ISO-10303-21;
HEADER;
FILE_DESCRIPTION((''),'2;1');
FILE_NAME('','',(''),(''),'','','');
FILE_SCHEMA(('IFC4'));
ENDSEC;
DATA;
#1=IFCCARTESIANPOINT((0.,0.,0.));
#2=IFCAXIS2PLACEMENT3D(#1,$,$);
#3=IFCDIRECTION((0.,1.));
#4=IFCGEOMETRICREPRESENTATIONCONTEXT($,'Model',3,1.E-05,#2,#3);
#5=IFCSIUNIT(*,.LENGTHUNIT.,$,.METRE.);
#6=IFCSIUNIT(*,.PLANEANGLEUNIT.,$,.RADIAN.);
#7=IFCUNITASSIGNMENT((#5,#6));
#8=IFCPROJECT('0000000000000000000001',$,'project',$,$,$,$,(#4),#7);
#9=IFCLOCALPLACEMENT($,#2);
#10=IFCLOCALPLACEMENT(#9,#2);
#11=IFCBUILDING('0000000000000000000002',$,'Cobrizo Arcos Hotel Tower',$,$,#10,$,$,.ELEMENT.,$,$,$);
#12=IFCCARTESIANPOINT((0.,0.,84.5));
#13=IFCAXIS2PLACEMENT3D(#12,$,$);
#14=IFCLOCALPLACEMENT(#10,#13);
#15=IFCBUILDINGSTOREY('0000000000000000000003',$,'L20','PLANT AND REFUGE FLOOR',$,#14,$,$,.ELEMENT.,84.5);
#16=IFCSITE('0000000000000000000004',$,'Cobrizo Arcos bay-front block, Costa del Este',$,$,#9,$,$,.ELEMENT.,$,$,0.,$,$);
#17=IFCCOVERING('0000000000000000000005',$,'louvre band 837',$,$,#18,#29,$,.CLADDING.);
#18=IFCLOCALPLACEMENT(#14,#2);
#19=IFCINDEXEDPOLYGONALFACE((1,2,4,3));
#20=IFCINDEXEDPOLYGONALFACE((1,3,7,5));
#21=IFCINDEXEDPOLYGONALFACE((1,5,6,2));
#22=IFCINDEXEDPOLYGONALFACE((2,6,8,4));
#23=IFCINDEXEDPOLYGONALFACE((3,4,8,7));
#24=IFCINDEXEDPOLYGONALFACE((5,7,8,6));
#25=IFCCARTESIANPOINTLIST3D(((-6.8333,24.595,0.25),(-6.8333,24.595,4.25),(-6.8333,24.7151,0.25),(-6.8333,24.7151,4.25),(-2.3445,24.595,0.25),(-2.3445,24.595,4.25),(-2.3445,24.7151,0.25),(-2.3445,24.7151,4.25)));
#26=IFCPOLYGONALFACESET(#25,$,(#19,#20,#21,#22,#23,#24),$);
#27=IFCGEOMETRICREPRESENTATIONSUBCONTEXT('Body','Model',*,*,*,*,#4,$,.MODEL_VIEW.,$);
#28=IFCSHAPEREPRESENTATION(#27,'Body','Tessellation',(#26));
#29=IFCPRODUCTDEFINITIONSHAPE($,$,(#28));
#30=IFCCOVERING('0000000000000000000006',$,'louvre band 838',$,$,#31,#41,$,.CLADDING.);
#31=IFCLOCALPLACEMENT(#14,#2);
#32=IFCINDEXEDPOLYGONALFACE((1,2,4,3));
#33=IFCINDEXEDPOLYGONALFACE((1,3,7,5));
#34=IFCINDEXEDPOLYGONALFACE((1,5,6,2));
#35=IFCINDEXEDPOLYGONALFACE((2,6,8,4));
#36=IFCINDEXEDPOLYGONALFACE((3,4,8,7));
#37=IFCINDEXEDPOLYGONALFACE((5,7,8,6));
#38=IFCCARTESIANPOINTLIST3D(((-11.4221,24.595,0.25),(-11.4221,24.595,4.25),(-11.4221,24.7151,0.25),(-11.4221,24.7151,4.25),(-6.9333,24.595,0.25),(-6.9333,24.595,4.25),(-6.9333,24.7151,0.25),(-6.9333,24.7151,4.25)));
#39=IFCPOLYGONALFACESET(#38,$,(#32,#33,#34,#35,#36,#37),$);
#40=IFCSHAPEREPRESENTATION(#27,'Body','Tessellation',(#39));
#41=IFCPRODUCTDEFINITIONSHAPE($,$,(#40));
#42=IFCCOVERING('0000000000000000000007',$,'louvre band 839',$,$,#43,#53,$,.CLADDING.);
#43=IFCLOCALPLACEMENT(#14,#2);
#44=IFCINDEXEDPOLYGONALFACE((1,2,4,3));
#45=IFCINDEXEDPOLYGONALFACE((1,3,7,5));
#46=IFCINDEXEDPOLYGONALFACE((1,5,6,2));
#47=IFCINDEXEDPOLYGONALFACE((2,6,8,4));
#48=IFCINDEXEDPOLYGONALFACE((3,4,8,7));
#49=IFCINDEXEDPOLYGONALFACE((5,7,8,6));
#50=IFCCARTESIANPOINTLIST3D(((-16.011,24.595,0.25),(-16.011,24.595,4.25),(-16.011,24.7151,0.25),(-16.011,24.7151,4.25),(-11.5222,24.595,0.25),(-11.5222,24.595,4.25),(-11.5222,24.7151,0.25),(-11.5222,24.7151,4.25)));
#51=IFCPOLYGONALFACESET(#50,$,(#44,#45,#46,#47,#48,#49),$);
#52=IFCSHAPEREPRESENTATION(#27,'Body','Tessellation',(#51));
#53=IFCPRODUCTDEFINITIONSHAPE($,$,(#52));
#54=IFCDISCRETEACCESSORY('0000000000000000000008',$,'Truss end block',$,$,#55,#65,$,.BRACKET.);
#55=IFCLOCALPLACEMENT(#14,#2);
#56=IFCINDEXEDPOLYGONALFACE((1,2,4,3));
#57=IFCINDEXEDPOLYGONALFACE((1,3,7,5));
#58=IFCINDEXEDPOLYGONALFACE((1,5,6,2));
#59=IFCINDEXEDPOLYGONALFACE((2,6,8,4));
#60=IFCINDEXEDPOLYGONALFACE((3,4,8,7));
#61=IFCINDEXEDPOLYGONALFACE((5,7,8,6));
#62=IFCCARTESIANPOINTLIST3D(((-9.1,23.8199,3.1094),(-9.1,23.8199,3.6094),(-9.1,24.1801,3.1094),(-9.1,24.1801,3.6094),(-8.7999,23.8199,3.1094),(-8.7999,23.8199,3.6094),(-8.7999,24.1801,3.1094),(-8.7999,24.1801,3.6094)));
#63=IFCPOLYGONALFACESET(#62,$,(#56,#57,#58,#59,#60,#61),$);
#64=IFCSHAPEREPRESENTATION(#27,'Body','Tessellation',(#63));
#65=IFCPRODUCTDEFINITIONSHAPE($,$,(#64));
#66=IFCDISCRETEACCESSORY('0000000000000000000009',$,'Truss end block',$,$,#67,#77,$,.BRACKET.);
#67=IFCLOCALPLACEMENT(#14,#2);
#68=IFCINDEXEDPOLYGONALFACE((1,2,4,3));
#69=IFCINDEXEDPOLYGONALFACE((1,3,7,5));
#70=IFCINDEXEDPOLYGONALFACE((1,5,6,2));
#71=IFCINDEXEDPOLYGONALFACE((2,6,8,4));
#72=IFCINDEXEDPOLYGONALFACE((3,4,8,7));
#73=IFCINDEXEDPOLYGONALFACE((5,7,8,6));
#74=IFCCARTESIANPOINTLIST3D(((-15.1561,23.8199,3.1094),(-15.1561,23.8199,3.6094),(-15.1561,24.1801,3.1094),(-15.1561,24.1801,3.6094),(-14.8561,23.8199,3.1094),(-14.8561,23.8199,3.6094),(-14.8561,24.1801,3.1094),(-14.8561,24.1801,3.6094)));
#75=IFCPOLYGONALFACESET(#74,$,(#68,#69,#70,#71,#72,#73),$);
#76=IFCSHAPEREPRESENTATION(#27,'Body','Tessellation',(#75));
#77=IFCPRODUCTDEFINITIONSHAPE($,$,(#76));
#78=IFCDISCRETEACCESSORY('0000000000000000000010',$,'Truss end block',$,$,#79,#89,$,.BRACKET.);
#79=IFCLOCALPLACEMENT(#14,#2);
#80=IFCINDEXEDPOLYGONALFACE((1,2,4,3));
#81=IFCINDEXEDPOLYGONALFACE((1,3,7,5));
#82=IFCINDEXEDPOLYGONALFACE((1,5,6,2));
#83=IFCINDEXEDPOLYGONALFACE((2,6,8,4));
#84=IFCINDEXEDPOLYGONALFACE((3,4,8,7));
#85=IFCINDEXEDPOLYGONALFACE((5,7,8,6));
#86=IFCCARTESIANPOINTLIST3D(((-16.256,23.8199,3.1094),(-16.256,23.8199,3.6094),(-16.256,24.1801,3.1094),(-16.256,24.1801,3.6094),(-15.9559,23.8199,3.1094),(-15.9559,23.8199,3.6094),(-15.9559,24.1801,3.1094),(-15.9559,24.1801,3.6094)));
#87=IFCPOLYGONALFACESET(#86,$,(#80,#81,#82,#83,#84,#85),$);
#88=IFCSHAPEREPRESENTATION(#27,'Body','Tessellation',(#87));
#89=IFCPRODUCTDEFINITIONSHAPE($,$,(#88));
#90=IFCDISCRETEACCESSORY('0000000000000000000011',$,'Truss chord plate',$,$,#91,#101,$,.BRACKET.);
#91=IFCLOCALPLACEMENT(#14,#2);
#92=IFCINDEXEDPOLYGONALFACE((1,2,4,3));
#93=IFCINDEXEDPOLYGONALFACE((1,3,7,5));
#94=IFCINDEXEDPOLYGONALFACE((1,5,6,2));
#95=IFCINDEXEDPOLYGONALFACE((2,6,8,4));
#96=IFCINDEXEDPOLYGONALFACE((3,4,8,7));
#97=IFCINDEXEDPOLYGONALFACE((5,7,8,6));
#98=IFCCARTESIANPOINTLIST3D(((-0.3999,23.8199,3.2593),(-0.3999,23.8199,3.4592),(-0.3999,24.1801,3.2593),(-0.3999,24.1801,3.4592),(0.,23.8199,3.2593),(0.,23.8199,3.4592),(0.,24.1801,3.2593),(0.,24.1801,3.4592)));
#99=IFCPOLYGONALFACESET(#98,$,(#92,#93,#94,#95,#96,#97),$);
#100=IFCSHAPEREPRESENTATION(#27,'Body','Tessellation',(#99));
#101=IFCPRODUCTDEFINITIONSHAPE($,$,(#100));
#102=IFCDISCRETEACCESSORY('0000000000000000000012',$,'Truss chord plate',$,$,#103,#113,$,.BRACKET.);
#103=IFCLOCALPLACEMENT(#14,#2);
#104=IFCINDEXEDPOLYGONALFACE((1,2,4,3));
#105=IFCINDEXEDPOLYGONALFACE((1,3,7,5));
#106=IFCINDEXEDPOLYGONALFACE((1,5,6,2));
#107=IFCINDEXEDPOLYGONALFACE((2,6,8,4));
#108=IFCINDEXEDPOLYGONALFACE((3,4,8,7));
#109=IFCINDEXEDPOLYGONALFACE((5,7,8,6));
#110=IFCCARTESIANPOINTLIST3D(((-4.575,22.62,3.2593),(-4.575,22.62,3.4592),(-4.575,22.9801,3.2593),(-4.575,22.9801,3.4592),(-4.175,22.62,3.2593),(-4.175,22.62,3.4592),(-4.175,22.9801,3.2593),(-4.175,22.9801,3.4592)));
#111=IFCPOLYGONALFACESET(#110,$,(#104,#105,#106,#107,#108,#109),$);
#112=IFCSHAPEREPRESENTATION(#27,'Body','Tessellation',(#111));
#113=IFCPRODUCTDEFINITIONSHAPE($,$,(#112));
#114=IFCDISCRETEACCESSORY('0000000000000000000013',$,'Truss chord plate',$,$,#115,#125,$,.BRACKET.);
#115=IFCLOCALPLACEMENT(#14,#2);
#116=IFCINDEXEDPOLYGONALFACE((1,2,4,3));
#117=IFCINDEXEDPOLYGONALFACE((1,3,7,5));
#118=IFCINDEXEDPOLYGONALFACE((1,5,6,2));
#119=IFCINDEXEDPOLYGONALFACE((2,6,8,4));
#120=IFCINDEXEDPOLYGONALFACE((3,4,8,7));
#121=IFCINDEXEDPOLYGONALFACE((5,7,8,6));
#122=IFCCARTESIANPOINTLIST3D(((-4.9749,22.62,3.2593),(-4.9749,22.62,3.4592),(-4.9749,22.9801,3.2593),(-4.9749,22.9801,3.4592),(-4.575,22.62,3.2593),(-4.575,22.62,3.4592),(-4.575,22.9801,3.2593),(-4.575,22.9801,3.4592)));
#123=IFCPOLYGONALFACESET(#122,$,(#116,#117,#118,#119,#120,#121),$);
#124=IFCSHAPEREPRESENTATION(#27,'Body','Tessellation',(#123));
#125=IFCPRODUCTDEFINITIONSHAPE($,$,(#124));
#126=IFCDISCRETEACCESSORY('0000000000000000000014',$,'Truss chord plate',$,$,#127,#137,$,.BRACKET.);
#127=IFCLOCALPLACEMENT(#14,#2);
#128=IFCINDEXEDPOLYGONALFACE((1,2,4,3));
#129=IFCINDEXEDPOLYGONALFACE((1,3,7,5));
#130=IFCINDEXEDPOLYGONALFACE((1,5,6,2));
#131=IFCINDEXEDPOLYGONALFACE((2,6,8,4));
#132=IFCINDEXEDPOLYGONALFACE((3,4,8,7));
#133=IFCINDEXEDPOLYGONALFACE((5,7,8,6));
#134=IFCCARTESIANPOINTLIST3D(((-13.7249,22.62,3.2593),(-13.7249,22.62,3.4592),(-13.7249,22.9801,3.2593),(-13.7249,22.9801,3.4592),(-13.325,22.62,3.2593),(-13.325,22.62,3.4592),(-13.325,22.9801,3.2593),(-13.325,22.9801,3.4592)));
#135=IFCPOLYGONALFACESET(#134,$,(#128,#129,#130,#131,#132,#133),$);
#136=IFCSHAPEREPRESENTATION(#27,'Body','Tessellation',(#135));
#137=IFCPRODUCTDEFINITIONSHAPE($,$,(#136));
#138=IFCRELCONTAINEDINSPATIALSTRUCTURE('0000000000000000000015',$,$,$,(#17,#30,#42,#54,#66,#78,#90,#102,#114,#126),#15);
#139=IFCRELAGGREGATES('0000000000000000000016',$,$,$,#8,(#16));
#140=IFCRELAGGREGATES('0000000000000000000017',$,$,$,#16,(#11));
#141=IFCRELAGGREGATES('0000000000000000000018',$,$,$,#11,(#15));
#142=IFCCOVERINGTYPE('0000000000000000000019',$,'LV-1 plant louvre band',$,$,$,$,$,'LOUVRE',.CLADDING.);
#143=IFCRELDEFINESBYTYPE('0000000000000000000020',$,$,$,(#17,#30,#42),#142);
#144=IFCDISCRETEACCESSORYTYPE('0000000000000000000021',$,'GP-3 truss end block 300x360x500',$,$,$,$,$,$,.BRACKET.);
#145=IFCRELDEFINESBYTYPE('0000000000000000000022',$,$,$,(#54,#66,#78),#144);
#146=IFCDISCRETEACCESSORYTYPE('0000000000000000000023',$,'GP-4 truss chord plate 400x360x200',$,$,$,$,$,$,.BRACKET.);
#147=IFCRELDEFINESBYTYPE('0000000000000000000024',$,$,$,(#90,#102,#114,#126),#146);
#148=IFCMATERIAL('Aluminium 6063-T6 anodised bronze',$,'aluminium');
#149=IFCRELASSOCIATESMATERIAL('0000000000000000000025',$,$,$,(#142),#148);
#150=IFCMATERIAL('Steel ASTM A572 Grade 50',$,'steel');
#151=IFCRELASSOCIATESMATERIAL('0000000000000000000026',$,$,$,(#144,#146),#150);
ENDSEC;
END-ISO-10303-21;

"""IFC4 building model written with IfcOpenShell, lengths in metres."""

from ifc_helpers import new_model, si_unit, direction, frame, origin, origin_2d, place, context, subcontext, project, spatial, rectangle, extrude, material, type_object, element, save


model = new_model("IFC4")

# Units and contexts
model_context = context("Model", 3, precision=1e-05, world=origin(), true_north=direction((0.0, 1.0)))
body_context = subcontext(model_context, "Body", "Model", "MODEL_VIEW")
ifc_project = project(units=[si_unit("LENGTHUNIT", "METRE"), si_unit("PLANEANGLEUNIT", "RADIAN")], contexts=[model_context])

# Site, building, storey
site_placement = place(None, origin())
site = spatial("IfcSite", under=ifc_project, at=site_placement, Name="Cobrizo Arcos bay-front block, Costa del Este", CompositionType="ELEMENT", RefElevation=0.0)
building_placement = place(site_placement, origin())
building = spatial("IfcBuilding", under=site, at=building_placement, Name="Cobrizo Arcos Hotel Tower", CompositionType="ELEMENT")
storey_placement = place(building_placement, frame((0.0, 0.0, 84.5)))
storey = spatial("IfcBuildingStorey", under=building, at=storey_placement, Name="L20", Description="PLANT AND REFUGE FLOOR", CompositionType="ELEMENT", Elevation=84.5)

# Shared definitions
ifc_material_1 = material(Name="Aluminium 6063-T6 anodised bronze", Category="aluminium")

# Coverings
covering_type = type_object("IfcCoveringType", Name="LV-1 plant louvre band", ElementType="LOUVRE", PredefinedType="CLADDING", material=ifc_material_1)
for number, where, z_axis, x_axis, name in (
    (1, (-4.5889, 24.655, 0.25), (0.0, 0.0, 1.0), (-1.0, 0.0, 0.0), "louvre band 837"),
    (2, (-9.1777, 24.655, 0.25), (0.0, 0.0, 1.0), (-1.0, 0.0, 0.0), "louvre band 838"),
    (3, (-13.7666, 24.655, 0.25), (0.0, 0.0, 1.0), (-1.0, 0.0, 0.0), "louvre band 839"),
):
    element("IfcCovering", number, at=place(storey_placement, frame(where, z_axis=z_axis, x_axis=x_axis)), inside=storey, type_object=covering_type, Name=name, PredefinedType="CLADDING", context=body_context, shape_type="SweptSolid", body=[
        extrude(rectangle(XDim=4.4888, YDim=0.1201, at=origin_2d()), origin(), (0.0, 0.0, 1.0), 4.0),
    ])

# Discrete accessories
ifc_material_2 = material(Name="Steel ASTM A572 Grade 50", Category="steel")
discrete_accessory_type_1 = type_object("IfcDiscreteAccessoryType", Name="GP-3 truss end block 300x360x500", PredefinedType="BRACKET", material=ifc_material_2)
for number, where, z_axis, x_axis, name in (
    (4, (-8.95, 24.0, 3.1094), (0.0, 0.0, 1.0), (1.0, 0.0, 0.0), "Truss end block"),
    (5, (-15.0061, 24.0, 3.1094), (0.0, 0.0, 1.0), (1.0, 0.0, 0.0), "Truss end block"),
    (6, (-16.106, 24.0, 3.1094), (0.0, 0.0, 1.0), (-1.0, 0.0, 0.0), "Truss end block"),
):
    element("IfcDiscreteAccessory", number, at=place(storey_placement, frame(where, z_axis=z_axis, x_axis=x_axis)), inside=storey, type_object=discrete_accessory_type_1, Name=name, PredefinedType="BRACKET", context=body_context, shape_type="SweptSolid", body=[
        extrude(rectangle(XDim=0.3, YDim=0.3601, at=origin_2d()), origin(), (0.0, 0.0, 1.0), 0.5),
    ])
discrete_accessory_type_2 = type_object("IfcDiscreteAccessoryType", Name="GP-4 truss chord plate 400x360x200", PredefinedType="BRACKET", material=ifc_material_2)
for number, where, z_axis, x_axis, name in (
    (7, (-0.2, 24.0, 3.2593), (0.0, 0.0, 1.0), (-1.0, 0.0, 0.0), "Truss chord plate"),
    (8, (-4.375, 22.8, 3.2593), (0.0, 0.0, 1.0), (-1.0, 0.0, 0.0), "Truss chord plate"),
    (9, (-4.7749, 22.8, 3.2593), (0.0, 0.0, 1.0), (-1.0, 0.0, 0.0), "Truss chord plate"),
    (10, (-13.5249, 22.8, 3.2593), (0.0, 0.0, 1.0), (-1.0, 0.0, 0.0), "Truss chord plate"),
):
    element("IfcDiscreteAccessory", number, at=place(storey_placement, frame(where, z_axis=z_axis, x_axis=x_axis)), inside=storey, type_object=discrete_accessory_type_2, Name=name, PredefinedType="BRACKET", context=body_context, shape_type="SweptSolid", body=[
        extrude(rectangle(XDim=0.3999, YDim=0.3601, at=origin_2d()), origin(), (0.0, 0.0, 1.0), 0.2),
    ])

save(model, "model.ifc")
